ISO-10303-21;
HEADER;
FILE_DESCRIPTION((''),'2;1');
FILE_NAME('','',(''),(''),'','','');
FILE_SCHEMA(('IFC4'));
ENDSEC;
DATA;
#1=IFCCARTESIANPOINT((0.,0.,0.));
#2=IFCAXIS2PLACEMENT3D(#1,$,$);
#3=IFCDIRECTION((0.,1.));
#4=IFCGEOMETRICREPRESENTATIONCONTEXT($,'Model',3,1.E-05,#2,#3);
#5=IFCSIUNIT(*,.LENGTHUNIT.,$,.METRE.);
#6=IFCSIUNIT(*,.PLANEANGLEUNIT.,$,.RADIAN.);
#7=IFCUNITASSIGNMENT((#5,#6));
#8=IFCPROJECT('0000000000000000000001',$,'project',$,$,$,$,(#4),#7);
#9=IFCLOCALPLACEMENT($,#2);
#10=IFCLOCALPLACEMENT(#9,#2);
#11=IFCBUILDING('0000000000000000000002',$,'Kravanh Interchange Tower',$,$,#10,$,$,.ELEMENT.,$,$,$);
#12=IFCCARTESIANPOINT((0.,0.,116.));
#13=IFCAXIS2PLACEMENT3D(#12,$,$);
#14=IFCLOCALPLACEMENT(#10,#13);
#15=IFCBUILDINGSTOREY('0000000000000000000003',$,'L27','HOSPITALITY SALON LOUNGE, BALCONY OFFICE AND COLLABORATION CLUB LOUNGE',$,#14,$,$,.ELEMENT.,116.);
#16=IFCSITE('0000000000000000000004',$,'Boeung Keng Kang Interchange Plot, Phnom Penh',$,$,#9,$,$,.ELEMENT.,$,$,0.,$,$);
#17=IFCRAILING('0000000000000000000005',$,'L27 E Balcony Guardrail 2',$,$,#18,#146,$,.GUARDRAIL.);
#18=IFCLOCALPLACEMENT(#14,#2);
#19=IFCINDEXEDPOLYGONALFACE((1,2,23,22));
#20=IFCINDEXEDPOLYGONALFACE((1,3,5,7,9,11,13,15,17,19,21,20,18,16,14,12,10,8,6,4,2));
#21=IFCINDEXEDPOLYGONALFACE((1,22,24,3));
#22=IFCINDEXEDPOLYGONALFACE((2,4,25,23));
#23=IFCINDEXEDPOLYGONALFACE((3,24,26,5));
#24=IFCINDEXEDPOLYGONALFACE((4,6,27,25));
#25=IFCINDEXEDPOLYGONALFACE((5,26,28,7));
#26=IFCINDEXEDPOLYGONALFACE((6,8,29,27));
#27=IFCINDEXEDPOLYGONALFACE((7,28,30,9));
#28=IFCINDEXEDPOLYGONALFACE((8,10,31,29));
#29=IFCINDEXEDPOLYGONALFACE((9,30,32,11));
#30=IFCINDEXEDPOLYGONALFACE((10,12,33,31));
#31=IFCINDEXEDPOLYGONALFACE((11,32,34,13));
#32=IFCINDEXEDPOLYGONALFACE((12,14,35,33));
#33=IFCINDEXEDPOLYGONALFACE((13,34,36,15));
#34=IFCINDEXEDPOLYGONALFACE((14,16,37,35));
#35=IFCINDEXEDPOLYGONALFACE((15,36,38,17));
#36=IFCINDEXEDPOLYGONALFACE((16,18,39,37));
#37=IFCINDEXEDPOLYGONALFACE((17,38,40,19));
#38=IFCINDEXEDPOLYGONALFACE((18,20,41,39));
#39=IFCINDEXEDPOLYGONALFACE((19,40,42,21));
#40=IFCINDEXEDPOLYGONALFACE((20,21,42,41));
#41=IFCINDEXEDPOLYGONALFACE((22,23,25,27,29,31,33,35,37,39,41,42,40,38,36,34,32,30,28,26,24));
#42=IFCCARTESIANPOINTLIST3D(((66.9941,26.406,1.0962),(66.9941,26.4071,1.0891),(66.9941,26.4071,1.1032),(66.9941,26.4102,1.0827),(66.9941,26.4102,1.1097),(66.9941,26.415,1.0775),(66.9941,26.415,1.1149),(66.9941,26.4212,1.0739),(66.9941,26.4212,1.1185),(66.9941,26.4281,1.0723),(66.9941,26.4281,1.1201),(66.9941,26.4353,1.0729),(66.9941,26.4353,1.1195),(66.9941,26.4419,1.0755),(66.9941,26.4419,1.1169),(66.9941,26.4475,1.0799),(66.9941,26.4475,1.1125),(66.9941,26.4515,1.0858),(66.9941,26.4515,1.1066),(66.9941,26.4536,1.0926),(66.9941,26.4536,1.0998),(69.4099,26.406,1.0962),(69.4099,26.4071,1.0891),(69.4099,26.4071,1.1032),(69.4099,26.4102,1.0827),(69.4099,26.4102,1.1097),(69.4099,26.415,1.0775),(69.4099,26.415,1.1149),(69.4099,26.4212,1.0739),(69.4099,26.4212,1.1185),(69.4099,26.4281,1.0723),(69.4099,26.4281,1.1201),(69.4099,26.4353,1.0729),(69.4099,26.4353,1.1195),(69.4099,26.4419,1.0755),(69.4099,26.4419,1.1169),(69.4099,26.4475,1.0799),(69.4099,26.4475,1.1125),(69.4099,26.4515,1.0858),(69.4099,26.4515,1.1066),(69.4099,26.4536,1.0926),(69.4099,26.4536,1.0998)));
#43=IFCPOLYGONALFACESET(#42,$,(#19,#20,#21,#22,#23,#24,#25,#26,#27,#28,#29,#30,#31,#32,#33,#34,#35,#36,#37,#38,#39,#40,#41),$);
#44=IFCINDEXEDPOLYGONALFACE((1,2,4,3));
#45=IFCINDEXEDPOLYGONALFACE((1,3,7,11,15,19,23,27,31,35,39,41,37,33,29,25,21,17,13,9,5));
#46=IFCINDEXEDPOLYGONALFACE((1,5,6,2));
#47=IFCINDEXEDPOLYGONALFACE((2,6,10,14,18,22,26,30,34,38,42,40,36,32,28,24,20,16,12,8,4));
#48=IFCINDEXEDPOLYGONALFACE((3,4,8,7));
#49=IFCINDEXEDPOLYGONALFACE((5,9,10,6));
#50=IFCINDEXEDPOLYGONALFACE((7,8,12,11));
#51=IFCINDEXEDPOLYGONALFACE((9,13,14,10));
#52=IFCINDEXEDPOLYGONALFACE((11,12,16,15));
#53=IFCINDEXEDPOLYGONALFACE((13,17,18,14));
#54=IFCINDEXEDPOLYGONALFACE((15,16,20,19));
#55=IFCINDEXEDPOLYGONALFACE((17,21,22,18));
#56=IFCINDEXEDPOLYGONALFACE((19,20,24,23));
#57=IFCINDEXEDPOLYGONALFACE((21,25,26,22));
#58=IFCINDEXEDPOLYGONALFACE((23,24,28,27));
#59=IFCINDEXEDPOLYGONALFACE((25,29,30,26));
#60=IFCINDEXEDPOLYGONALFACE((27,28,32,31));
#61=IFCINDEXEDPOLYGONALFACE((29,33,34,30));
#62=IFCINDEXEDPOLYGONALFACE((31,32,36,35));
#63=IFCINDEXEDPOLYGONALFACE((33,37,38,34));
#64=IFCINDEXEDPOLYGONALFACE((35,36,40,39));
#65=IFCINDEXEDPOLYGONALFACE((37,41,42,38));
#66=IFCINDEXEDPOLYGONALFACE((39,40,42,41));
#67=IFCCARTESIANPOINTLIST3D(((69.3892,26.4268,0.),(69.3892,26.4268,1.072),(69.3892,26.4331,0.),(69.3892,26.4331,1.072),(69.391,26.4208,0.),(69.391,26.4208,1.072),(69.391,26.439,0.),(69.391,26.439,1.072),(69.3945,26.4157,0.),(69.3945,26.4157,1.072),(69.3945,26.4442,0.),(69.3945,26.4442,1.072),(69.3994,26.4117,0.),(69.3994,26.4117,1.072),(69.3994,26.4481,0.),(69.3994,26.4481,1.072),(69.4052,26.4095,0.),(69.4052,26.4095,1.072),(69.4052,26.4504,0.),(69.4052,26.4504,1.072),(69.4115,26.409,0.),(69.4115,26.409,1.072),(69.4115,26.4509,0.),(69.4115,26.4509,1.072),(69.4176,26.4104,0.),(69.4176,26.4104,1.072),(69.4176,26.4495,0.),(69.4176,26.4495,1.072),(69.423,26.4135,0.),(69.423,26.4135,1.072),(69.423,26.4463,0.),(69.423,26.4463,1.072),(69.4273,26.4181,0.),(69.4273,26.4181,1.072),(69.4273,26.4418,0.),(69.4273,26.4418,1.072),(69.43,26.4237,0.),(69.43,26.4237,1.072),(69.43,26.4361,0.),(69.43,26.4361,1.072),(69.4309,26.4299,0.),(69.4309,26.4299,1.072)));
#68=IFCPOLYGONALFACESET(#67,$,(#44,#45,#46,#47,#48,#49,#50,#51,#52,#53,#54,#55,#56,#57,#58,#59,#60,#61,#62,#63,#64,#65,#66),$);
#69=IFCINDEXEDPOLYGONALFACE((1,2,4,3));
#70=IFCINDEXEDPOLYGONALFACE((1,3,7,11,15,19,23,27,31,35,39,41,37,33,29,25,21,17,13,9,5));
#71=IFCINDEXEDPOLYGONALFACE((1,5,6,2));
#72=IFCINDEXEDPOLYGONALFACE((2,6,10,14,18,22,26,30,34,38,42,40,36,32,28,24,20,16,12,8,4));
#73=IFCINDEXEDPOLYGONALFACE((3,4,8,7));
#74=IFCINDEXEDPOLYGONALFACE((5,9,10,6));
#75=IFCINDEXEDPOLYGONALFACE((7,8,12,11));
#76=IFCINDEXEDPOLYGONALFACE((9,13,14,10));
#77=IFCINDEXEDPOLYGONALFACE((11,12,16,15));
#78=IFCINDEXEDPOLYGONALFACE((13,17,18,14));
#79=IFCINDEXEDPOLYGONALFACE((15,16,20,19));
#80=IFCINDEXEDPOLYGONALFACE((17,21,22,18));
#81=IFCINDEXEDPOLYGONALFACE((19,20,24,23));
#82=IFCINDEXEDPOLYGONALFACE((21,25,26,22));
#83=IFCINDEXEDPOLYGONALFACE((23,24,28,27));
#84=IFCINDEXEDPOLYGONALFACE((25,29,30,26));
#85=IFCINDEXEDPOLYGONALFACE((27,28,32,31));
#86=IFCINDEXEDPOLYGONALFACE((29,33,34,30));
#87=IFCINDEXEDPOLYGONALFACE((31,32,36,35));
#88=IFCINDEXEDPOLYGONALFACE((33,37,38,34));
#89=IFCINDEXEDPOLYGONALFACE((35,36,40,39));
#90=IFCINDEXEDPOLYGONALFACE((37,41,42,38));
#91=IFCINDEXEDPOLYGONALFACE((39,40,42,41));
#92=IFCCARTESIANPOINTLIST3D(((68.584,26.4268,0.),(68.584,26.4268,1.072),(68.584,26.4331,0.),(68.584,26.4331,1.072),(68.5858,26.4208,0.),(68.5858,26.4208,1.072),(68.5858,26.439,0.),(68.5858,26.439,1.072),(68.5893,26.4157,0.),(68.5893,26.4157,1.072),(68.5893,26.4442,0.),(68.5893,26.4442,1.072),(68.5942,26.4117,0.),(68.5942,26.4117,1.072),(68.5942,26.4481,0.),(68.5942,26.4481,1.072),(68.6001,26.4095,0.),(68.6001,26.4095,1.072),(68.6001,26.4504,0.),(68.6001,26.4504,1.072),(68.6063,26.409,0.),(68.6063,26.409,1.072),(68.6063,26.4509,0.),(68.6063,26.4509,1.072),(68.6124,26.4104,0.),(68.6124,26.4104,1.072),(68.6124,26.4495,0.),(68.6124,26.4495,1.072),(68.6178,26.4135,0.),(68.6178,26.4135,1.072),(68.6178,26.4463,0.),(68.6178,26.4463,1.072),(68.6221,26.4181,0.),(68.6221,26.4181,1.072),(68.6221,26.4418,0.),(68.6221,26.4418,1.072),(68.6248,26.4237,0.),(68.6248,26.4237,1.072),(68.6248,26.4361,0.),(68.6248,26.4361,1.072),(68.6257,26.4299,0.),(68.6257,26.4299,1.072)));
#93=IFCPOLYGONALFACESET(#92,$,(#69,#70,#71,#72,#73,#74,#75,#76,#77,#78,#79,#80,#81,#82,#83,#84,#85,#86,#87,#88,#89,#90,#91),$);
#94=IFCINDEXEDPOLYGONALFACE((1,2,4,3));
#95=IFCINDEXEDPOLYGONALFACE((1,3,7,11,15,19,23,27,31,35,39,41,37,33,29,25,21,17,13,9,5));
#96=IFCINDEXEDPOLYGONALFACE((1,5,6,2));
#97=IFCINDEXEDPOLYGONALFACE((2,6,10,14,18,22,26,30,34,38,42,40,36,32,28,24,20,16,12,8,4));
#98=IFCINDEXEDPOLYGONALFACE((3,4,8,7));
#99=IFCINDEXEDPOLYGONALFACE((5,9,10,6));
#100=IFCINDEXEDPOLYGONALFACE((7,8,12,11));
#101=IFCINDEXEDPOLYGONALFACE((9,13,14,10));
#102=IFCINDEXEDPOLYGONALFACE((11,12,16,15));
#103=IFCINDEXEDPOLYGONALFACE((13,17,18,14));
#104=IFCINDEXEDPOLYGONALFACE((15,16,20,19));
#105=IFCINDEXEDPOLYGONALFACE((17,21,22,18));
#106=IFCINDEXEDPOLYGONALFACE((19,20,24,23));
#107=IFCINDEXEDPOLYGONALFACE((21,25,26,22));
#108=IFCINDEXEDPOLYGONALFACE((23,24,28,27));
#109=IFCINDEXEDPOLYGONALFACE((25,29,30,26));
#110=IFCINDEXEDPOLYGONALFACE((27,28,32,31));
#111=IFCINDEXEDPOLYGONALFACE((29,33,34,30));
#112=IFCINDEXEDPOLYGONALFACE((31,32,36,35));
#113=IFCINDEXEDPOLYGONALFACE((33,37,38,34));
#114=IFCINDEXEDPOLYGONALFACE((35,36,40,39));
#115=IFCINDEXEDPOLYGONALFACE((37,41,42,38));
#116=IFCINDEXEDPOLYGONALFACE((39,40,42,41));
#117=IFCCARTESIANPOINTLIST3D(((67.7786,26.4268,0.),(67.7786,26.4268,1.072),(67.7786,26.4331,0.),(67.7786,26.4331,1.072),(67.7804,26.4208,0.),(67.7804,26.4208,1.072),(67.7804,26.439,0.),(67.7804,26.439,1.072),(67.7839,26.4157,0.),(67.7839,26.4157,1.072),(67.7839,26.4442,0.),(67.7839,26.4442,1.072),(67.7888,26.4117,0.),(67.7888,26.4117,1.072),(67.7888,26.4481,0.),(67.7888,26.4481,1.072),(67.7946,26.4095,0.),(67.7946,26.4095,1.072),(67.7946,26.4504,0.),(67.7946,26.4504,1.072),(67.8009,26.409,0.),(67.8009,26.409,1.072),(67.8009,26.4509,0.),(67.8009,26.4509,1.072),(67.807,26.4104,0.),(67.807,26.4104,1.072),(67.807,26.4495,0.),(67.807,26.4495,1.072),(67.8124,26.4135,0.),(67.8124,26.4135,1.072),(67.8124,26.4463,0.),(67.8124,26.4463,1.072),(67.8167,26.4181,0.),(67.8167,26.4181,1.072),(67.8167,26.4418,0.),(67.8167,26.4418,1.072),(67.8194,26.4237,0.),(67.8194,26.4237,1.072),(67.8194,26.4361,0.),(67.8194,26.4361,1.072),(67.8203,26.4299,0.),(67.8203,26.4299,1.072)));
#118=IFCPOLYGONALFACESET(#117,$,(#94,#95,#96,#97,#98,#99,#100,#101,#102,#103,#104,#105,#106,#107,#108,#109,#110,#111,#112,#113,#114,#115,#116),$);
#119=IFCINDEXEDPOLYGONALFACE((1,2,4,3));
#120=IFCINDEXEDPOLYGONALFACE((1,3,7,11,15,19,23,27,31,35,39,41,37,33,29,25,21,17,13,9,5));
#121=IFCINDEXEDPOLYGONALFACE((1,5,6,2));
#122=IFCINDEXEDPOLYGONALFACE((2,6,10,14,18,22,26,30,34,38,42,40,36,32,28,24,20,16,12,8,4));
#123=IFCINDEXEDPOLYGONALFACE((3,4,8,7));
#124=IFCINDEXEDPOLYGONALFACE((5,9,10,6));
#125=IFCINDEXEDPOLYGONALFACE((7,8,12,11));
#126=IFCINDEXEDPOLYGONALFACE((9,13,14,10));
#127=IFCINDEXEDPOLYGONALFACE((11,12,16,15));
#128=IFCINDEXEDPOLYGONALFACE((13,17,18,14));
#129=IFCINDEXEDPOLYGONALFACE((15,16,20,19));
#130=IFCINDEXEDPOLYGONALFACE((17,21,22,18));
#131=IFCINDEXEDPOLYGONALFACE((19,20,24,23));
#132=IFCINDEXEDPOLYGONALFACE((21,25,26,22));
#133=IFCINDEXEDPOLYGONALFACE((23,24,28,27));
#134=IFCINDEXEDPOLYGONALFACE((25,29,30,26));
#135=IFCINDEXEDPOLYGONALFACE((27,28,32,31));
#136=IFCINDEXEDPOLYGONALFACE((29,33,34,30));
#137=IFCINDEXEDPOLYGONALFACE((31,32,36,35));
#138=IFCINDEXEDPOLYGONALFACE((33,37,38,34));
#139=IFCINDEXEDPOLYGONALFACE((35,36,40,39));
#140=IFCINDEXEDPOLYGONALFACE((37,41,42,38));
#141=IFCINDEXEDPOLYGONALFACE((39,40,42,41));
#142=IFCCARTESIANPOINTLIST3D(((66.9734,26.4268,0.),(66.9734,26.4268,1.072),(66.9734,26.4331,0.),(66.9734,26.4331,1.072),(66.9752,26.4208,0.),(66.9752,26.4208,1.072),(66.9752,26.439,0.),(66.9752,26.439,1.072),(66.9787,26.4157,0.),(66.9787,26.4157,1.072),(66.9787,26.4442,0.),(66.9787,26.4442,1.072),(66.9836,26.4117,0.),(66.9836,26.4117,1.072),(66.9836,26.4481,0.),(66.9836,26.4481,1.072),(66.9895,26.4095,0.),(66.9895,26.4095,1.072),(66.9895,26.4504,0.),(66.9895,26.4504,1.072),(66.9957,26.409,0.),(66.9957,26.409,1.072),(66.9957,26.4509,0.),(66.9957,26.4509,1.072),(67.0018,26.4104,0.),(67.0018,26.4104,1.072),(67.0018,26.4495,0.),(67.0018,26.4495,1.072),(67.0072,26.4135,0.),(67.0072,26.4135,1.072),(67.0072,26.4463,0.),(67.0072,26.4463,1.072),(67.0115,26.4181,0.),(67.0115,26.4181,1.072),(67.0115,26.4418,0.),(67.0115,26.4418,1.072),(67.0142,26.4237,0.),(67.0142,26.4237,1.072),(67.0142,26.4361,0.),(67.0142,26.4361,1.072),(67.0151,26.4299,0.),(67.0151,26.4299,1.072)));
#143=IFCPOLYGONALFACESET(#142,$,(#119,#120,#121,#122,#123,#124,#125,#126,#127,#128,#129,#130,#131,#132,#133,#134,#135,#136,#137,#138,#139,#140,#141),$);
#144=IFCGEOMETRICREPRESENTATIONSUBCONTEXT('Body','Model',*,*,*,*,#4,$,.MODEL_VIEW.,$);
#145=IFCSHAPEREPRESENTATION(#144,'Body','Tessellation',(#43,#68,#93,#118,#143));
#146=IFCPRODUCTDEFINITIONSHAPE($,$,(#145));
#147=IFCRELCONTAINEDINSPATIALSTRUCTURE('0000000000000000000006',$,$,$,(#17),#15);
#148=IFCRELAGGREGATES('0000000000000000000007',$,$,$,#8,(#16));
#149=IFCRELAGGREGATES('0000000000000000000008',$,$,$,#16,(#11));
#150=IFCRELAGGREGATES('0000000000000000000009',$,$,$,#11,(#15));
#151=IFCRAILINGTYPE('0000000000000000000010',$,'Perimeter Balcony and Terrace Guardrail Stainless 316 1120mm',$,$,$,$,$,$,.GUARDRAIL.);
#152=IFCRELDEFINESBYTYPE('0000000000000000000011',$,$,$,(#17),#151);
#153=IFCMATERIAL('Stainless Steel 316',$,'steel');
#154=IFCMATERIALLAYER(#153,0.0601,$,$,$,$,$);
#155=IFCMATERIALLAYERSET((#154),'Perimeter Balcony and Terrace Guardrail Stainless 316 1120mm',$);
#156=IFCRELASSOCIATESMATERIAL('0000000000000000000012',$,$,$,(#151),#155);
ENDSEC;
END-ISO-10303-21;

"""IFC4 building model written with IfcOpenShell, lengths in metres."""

from ifc_helpers import new_model, si_unit, direction, frame, origin, origin_2d, place, context, subcontext, project, spatial, circle, extrude, material, layer, layer_set, type_object, element, save


model = new_model("IFC4")

# Units and contexts
model_context = context("Model", 3, precision=1e-05, world=origin(), true_north=direction((0.0, 1.0)))
body_context = subcontext(model_context, "Body", "Model", "MODEL_VIEW")
ifc_project = project(units=[si_unit("LENGTHUNIT", "METRE"), si_unit("PLANEANGLEUNIT", "RADIAN")], contexts=[model_context])

# Site, building, storey
site_placement = place(None, origin())
site = spatial("IfcSite", under=ifc_project, at=site_placement, Name="Boeung Keng Kang Interchange Plot, Phnom Penh", CompositionType="ELEMENT", RefElevation=0.0)
building_placement = place(site_placement, origin())
building = spatial("IfcBuilding", under=site, at=building_placement, Name="Kravanh Interchange Tower", CompositionType="ELEMENT")
storey_placement = place(building_placement, frame((0.0, 0.0, 116.0)))
storey = spatial("IfcBuildingStorey", under=building, at=storey_placement, Name="L27", Description="HOSPITALITY SALON LOUNGE, BALCONY OFFICE AND COLLABORATION CLUB LOUNGE", CompositionType="ELEMENT", Elevation=116.0)

# Railing
ifc_material_1 = material(Name="Stainless Steel 316", Category="steel")
ifc_layer = layer(ifc_material_1, 0.0601)
ifc_layer_set = layer_set([ifc_layer], Name="Perimeter Balcony and Terrace Guardrail Stainless 316 1120mm")
railing_type = type_object("IfcRailingType", Name="Perimeter Balcony and Terrace Guardrail Stainless 316 1120mm", PredefinedType="GUARDRAIL", material=ifc_layer_set)
railing_placement = place(storey_placement, frame((69.4099, 26.4299, 0.0)))
element("IfcRailing", 1, at=railing_placement, inside=storey, type_object=railing_type, Name="L27 E Balcony Guardrail 2", PredefinedType="GUARDRAIL", context=body_context, shape_type="SweptSolid", body=[
    extrude(circle(Radius=0.0239, at=origin_2d()), frame((0.0, 0.0, 1.0962), z_axis=(-1.0, 0.0, 0.0), x_axis=(0.0, -1.0, 0.0)), (0.0, 0.0, 1.0), 2.4158),
    extrude(circle(Radius=0.021, at=origin_2d()), origin(), (0.0, 0.0, 1.0), 1.072),
    extrude(circle(Radius=0.021, at=origin_2d()), frame((-0.8052, 0.0, 0.0)), (0.0, 0.0, 1.0), 1.072),
    extrude(circle(Radius=0.021, at=origin_2d()), frame((-1.6106, 0.0, 0.0)), (0.0, 0.0, 1.0), 1.072),
    extrude(circle(Radius=0.021, at=origin_2d()), frame((-2.4158, 0.0, 0.0)), (0.0, 0.0, 1.0), 1.072),
])

save(model, "model.ifc")
